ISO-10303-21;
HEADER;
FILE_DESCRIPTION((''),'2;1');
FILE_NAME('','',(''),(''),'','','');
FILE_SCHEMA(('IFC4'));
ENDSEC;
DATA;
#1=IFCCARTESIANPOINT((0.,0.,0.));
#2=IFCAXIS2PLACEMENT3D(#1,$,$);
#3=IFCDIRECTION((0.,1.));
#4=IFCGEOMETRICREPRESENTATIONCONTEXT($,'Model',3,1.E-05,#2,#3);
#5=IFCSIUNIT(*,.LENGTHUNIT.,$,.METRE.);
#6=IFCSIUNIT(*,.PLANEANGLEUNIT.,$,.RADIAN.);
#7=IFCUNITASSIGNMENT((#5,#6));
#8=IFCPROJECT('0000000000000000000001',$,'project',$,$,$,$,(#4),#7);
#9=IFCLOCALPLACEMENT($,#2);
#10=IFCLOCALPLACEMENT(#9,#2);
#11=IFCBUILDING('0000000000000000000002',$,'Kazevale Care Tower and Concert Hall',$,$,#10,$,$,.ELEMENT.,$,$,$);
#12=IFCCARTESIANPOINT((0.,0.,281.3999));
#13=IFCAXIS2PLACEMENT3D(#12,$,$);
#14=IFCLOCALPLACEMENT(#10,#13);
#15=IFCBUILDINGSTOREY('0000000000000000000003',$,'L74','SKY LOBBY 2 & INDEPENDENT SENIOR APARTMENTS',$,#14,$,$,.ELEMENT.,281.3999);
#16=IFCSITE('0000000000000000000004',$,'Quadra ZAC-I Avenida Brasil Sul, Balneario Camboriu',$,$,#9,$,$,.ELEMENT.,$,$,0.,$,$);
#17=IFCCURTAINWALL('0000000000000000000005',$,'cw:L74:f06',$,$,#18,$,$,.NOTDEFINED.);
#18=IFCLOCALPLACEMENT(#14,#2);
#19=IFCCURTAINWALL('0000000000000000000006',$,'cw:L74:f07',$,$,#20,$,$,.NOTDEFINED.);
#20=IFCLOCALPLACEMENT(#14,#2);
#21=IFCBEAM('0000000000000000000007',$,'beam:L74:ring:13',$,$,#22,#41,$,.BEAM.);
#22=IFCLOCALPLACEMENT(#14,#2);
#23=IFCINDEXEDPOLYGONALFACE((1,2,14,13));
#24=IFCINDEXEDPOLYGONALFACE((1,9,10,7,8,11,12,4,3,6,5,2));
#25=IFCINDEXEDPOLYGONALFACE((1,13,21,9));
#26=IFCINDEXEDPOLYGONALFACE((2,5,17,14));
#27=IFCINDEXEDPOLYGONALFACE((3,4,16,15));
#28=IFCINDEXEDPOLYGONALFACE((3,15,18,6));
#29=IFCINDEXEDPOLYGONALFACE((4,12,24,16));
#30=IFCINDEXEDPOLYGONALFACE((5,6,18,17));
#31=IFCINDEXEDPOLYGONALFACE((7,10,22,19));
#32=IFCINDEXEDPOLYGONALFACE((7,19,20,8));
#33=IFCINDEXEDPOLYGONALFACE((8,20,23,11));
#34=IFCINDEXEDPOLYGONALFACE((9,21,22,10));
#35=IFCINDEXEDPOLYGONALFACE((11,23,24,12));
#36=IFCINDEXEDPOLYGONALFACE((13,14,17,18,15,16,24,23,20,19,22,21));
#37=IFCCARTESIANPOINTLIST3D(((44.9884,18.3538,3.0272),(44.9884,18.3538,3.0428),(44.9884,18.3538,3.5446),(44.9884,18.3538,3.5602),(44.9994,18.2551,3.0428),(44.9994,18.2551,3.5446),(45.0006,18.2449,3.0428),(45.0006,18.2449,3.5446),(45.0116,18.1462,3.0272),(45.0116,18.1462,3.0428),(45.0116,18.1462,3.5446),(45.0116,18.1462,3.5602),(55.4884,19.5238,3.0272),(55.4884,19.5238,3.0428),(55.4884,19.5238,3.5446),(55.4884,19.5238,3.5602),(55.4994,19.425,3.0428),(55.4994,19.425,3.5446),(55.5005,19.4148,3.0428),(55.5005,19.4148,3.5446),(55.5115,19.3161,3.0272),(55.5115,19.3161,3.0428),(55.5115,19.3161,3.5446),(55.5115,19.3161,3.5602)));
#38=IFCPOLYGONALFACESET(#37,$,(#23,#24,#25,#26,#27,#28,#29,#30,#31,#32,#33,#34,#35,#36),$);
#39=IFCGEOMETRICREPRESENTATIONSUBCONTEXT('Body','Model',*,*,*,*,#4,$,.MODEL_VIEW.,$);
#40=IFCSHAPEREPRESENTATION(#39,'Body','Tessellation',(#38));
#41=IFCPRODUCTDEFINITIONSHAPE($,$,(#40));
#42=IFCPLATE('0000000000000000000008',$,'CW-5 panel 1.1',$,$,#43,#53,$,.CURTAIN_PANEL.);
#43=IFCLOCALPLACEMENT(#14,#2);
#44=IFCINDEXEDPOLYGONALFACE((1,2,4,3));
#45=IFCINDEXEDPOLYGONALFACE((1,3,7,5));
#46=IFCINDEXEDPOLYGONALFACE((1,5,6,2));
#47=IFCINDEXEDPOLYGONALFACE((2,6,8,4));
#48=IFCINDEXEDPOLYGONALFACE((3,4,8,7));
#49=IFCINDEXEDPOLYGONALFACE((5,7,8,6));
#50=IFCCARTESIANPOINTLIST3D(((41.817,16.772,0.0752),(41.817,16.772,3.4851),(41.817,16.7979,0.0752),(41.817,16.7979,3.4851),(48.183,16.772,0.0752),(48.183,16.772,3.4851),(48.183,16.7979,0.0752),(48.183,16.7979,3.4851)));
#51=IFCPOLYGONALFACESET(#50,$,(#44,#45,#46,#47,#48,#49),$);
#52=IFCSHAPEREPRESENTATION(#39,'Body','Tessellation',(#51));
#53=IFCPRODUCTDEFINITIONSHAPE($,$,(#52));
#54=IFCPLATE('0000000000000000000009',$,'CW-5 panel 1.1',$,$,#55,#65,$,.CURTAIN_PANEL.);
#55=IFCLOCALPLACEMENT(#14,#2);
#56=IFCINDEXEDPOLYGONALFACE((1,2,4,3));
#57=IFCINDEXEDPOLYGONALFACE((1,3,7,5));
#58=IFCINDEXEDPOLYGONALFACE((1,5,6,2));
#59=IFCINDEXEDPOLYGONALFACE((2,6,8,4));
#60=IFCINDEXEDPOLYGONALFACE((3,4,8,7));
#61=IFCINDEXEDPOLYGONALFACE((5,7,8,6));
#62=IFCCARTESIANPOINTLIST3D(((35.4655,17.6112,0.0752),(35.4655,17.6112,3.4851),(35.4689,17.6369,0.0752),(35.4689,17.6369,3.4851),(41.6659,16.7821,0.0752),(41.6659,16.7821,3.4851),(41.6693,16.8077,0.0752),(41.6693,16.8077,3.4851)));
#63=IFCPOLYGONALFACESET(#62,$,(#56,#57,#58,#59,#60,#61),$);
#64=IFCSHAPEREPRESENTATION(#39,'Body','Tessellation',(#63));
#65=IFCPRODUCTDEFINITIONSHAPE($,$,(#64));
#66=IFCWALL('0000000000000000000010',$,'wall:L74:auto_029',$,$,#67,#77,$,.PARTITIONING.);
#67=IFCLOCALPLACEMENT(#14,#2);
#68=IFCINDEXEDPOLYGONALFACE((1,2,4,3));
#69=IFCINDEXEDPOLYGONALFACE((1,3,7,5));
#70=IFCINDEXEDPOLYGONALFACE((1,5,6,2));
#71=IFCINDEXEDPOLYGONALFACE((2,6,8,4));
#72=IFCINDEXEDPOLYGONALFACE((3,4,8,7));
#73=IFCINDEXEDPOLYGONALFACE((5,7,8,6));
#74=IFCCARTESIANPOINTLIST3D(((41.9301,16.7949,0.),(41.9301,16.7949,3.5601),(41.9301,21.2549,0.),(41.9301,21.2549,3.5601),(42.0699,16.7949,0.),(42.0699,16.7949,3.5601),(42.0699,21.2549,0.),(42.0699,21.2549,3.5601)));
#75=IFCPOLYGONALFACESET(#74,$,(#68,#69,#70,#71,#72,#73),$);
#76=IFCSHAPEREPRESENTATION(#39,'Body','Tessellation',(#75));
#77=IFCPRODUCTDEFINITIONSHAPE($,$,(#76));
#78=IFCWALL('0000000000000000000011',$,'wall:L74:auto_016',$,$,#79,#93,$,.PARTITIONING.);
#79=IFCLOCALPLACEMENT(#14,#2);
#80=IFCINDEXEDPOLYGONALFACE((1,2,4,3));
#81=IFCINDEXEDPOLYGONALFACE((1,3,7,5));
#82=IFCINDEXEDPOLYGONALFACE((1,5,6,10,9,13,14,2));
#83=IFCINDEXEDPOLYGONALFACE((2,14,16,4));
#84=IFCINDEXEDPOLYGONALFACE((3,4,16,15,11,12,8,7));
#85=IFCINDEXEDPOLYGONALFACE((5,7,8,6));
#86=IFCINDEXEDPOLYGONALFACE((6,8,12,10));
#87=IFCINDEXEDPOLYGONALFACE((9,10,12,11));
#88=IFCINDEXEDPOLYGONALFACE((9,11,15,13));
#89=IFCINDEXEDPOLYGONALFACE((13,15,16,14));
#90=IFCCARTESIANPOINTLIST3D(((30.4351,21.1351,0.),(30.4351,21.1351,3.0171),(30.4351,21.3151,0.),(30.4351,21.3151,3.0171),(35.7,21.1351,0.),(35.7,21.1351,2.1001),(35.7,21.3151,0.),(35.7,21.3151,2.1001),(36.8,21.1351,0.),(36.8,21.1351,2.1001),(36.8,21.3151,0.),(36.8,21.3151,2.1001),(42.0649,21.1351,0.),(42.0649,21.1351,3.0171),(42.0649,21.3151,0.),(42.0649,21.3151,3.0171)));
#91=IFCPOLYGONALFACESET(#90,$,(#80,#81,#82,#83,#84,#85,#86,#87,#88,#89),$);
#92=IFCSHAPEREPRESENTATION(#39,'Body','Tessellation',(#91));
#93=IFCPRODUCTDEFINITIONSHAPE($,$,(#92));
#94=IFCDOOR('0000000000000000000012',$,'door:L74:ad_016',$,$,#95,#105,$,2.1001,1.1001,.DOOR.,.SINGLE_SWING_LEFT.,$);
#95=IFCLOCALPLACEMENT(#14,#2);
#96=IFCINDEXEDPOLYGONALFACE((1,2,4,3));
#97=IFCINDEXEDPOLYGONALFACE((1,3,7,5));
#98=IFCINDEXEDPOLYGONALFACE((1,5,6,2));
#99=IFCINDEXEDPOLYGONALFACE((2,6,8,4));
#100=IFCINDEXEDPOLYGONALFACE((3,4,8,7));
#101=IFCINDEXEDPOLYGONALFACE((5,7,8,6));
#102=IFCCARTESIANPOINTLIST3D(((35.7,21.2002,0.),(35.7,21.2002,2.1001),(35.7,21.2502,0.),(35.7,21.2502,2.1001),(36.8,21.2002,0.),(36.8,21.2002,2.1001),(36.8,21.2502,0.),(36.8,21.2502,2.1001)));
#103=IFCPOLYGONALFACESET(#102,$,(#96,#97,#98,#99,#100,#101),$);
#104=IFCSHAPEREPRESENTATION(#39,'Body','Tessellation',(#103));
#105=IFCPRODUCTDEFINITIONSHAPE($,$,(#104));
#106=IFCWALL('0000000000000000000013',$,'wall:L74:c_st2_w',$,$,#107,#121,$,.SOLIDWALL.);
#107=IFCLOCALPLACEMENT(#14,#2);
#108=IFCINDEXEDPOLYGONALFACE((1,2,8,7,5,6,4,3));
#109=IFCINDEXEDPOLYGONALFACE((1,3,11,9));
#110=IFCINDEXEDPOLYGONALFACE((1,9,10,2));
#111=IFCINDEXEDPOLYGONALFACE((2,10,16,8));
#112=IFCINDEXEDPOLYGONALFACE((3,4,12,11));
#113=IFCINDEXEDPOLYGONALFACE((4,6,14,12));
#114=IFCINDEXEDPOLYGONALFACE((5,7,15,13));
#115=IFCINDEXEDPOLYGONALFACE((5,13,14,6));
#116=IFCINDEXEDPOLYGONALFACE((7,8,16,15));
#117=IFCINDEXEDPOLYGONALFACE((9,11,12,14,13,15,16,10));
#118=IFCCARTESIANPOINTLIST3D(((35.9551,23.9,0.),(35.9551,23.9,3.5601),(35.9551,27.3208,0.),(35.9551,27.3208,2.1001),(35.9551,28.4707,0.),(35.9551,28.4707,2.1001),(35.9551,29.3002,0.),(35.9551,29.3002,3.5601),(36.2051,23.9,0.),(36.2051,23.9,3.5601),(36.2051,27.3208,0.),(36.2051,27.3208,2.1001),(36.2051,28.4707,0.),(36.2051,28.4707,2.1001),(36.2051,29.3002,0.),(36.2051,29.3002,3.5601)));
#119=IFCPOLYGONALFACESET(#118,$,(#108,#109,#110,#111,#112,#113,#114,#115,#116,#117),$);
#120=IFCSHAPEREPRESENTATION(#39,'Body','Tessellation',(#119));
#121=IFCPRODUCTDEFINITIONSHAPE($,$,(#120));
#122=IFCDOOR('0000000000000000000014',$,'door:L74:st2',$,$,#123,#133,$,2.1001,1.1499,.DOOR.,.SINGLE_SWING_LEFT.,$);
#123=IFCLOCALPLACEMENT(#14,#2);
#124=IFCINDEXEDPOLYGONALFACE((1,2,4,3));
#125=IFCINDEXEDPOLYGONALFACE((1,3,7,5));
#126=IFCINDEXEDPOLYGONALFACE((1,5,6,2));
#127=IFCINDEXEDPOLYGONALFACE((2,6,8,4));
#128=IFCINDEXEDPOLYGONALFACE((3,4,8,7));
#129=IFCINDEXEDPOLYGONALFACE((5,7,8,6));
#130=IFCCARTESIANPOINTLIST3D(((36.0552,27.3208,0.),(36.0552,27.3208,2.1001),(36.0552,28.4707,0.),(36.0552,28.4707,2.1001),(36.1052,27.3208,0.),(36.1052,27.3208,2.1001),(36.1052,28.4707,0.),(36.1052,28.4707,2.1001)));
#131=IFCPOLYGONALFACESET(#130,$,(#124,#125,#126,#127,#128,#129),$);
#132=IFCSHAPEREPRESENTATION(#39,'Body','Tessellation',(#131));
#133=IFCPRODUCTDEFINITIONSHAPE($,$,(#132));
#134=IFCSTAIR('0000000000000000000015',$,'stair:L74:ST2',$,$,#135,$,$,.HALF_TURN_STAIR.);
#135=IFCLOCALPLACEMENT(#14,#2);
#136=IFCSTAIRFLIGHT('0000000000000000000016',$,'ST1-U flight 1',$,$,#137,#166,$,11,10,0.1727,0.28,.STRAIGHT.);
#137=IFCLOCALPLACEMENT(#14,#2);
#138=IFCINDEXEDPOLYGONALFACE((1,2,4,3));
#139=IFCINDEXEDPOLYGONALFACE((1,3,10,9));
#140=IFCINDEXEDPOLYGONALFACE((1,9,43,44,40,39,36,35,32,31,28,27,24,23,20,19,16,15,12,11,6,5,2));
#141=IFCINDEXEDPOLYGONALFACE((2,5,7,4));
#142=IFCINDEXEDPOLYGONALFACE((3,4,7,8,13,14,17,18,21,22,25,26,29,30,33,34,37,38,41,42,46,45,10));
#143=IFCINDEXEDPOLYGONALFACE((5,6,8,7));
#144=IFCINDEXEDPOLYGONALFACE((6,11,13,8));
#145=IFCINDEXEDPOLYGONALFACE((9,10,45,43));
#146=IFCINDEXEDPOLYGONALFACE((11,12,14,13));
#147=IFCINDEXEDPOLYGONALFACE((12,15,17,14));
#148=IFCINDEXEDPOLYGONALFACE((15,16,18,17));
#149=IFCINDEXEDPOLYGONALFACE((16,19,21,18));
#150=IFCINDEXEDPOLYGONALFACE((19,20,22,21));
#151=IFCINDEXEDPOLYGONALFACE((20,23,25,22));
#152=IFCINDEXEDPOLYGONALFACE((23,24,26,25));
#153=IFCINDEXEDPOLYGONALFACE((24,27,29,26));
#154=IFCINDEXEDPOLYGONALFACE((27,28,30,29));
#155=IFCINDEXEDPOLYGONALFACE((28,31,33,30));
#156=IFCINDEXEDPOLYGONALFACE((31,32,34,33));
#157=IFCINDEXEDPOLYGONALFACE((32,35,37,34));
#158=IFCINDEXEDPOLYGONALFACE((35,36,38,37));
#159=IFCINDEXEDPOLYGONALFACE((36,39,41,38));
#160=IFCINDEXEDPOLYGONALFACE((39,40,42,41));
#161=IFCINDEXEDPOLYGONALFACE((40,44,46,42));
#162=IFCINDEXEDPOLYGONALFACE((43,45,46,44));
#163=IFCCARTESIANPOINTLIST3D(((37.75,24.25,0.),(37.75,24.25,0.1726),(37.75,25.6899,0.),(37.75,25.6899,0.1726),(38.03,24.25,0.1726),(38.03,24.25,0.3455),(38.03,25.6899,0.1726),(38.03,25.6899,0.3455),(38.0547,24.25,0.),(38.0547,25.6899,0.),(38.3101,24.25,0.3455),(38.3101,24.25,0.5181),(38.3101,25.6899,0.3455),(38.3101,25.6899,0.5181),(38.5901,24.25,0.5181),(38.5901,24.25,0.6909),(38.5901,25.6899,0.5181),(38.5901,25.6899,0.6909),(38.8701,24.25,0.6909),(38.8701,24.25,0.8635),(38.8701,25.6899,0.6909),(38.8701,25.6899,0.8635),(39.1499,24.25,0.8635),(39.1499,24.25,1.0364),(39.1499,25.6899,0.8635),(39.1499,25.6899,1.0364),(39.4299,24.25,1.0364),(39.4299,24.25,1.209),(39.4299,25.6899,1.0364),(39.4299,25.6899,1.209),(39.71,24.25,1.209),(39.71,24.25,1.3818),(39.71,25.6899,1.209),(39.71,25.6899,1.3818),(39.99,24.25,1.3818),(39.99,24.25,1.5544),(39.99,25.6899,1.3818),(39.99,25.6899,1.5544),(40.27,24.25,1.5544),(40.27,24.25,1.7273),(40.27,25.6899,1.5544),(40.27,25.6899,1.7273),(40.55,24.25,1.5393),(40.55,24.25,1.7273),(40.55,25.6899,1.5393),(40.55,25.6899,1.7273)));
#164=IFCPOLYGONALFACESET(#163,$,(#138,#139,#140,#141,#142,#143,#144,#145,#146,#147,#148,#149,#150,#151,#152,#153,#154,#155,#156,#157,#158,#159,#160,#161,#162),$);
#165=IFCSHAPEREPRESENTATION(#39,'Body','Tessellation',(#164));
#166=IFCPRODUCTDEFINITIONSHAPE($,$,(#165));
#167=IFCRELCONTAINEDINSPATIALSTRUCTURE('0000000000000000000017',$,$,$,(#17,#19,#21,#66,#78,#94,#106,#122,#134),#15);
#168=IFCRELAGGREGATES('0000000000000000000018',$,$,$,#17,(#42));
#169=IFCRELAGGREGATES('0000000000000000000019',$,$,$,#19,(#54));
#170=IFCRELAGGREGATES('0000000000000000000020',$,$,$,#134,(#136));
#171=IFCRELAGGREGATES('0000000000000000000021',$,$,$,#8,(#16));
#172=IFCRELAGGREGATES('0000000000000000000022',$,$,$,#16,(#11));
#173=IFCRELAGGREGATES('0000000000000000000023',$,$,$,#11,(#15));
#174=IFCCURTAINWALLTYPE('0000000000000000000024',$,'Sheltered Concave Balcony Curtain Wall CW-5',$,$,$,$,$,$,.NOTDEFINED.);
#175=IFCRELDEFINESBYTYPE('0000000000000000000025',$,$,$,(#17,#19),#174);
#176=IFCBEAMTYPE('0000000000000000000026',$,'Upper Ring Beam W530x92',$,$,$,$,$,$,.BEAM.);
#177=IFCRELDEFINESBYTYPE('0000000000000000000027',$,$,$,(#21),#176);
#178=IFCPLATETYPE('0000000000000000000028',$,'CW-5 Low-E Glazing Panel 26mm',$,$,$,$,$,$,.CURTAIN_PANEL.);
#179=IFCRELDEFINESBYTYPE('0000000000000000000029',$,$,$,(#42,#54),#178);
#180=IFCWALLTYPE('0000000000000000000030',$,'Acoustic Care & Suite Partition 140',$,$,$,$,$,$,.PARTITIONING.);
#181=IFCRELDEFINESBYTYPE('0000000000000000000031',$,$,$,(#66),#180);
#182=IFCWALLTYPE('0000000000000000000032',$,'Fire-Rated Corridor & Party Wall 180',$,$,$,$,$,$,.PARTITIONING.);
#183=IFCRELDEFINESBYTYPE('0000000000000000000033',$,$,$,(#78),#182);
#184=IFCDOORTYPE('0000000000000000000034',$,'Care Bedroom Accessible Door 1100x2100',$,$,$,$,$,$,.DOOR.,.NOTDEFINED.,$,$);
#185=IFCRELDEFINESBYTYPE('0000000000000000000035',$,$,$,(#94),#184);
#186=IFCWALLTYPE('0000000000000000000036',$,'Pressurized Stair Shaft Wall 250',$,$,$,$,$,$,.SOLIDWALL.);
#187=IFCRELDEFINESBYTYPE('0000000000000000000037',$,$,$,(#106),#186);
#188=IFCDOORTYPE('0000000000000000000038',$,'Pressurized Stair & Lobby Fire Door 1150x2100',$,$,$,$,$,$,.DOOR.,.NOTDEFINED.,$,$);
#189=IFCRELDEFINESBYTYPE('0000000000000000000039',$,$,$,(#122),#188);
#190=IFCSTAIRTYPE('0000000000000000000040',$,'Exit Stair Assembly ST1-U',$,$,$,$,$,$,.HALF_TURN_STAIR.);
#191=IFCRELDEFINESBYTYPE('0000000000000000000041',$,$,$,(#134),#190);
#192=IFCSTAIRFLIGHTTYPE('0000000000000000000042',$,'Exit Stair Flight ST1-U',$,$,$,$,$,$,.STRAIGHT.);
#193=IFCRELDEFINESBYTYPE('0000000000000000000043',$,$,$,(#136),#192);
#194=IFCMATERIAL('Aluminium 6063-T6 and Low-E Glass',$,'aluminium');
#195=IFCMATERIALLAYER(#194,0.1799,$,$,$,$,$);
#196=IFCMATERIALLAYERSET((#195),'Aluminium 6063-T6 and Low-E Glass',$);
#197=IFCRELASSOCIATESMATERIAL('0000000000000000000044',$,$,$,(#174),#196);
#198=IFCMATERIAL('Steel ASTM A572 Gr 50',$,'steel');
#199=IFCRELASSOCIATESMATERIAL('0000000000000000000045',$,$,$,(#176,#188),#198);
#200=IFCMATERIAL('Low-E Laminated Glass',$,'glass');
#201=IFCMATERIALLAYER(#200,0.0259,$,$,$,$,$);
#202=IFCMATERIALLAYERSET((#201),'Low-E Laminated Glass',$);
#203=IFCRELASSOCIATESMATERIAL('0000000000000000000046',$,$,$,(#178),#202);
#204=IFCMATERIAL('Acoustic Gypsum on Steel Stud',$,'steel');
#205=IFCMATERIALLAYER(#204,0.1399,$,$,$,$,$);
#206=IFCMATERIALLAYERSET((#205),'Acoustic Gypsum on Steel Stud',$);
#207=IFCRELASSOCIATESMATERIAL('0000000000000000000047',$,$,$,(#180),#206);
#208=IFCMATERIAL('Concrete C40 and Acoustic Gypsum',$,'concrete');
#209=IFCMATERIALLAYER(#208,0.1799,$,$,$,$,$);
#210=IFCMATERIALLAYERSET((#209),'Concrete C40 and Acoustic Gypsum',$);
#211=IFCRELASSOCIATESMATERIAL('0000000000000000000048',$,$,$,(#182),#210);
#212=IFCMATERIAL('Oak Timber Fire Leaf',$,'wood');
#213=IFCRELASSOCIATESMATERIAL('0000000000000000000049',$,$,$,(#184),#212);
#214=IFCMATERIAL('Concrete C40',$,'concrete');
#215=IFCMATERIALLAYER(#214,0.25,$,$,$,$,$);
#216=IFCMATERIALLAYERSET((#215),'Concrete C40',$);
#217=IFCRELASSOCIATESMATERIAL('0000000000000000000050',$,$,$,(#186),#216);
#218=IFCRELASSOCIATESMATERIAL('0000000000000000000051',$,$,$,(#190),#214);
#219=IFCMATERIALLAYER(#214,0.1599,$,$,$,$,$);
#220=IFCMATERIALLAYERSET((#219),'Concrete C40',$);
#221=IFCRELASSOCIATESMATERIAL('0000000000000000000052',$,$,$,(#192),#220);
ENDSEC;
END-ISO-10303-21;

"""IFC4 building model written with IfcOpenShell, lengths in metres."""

from ifc_helpers import new_model, si_unit, direction, frame, frame_2d, origin, origin_2d, place, context, subcontext, project, spatial, polyline, rectangle, i_section, outline, extrude, material, layer, layer_set, material_profile, profile_set, type_object, element, fill, aggregate, save


model = new_model("IFC4")

# Units and contexts
model_context = context("Model", 3, precision=1e-05, world=origin(), true_north=direction((0.0, 1.0)))
body_context = subcontext(model_context, "Body", "Model", "MODEL_VIEW")
ifc_project = project(units=[si_unit("LENGTHUNIT", "METRE"), si_unit("PLANEANGLEUNIT", "RADIAN")], contexts=[model_context])

# Site, building, storey
site_placement = place(None, origin())
site = spatial("IfcSite", under=ifc_project, at=site_placement, Name="Quadra ZAC-I Avenida Brasil Sul, Balneario Camboriu", CompositionType="ELEMENT", RefElevation=0.0)
building_placement = place(site_placement, origin())
building = spatial("IfcBuilding", under=site, at=building_placement, Name="Kazevale Care Tower and Concert Hall", CompositionType="ELEMENT")
storey_placement = place(building_placement, frame((0.0, 0.0, 281.3999)))
storey = spatial("IfcBuildingStorey", under=building, at=storey_placement, Name="L74", Description="SKY LOBBY 2 & INDEPENDENT SENIOR APARTMENTS", CompositionType="ELEMENT", Elevation=281.3999)

# Curtain wall
ifc_material_1 = material(Name="Aluminium 6063-T6 and Low-E Glass", Category="aluminium")
ifc_layer_1 = layer(ifc_material_1, 0.1799)
ifc_layer_set_1 = layer_set([ifc_layer_1], Name="Aluminium 6063-T6 and Low-E Glass")
curtain_wall_type = type_object("IfcCurtainWallType", Name="Sheltered Concave Balcony Curtain Wall CW-5", PredefinedType="NOTDEFINED", material=ifc_layer_set_1)
curtain_wall_1_placement = place(storey_placement, origin())
curtain_wall_1 = element("IfcCurtainWall", 1, at=curtain_wall_1_placement, inside=storey, type_object=curtain_wall_type, Name="cw:L74:f06", PredefinedType="NOTDEFINED")

# Curtain wall
curtain_wall_2_placement = place(storey_placement, origin())
curtain_wall_2 = element("IfcCurtainWall", 2, at=curtain_wall_2_placement, inside=storey, type_object=curtain_wall_type, Name="cw:L74:f07", PredefinedType="NOTDEFINED")

# Beam
ifc_material_2 = material(Name="Steel ASTM A572 Gr 50", Category="steel")
ifc_material_profile_1 = material_profile(ifc_material_2, i_section(OverallWidth=0.209, OverallDepth=0.533, WebThickness=0.0103, FlangeThickness=0.0156, at=origin_2d()), Name="W530x92")
ifc_profile_set_1 = profile_set([ifc_material_profile_1], Name="Steel ASTM A572 Gr 50")
beam_type_1 = type_object("IfcBeamType", Name="Upper Ring Beam W530x92", PredefinedType="BEAM", material=ifc_profile_set_1)
beam_1_placement = place(storey_placement, frame((45.0, 18.25, 3.2937), z_axis=(0.99385, 0.110736, 0.0), x_axis=(-0.110736, 0.99385, 0.0)))
element("IfcBeam", 3, at=beam_1_placement, inside=storey, type_object=beam_type_1, Name="beam:L74:ring:13", PredefinedType="BEAM", context=body_context, shape_type="SweptSolid", body=[
    extrude(i_section(OverallWidth=0.209, OverallDepth=0.533, WebThickness=0.0103, FlangeThickness=0.0156, at=origin_2d()), origin(), (0.0, 0.0, 1.0), 10.5649),
])

# Plates
ifc_material_3 = material(Name="Low-E Laminated Glass", Category="glass")
ifc_layer_2 = layer(ifc_material_3, 0.0259)
ifc_layer_set_2 = layer_set([ifc_layer_2], Name="Low-E Laminated Glass")
plate_type = type_object("IfcPlateType", Name="CW-5 Low-E Glazing Panel 26mm", PredefinedType="CURTAIN_PANEL", material=ifc_layer_set_2)
plate_1_placement = place(storey_placement, frame((45.0, 16.7849, 0.0752), z_axis=(0.0, 0.0, 1.0), x_axis=(-1.0, 0.0, 0.0)))
plate_1 = element("IfcPlate", 4, at=plate_1_placement, type_object=plate_type, Name="CW-5 panel 1.1", PredefinedType="CURTAIN_PANEL", context=body_context, shape_type="SweptSolid", body=[
    extrude(rectangle(XDim=6.366, YDim=0.0259, at=origin_2d()), origin(), (0.0, 0.0, 1.0), 3.4099),
])
aggregate(curtain_wall_1, [plate_1])
plate_2_placement = place(storey_placement, frame((38.5674, 17.2095, 0.0752), z_axis=(0.0, 0.0, 1.0), x_axis=(-0.991177, 0.132542, 0.0)))
plate_2 = element("IfcPlate", 5, at=plate_2_placement, type_object=plate_type, Name="CW-5 panel 1.1", PredefinedType="CURTAIN_PANEL", context=body_context, shape_type="SweptSolid", body=[
    extrude(rectangle(XDim=6.2556, YDim=0.0259, at=origin_2d()), origin(), (0.0, 0.0, 1.0), 3.4099),
])
aggregate(curtain_wall_2, [plate_2])

# Wall
ifc_material_4 = material(Name="Acoustic Gypsum on Steel Stud", Category="steel")
ifc_layer_3 = layer(ifc_material_4, 0.1399)
ifc_layer_set_3 = layer_set([ifc_layer_3], Name="Acoustic Gypsum on Steel Stud")
wall_type_1 = type_object("IfcWallType", Name="Acoustic Care & Suite Partition 140", PredefinedType="PARTITIONING", material=ifc_layer_set_3)
wall_1_placement = place(storey_placement, frame((42.0, 21.2549, 0.0), z_axis=(0.0, 0.0, 1.0), x_axis=(0.0, -1.0, 0.0)))
element("IfcWall", 6, at=wall_1_placement, inside=storey, type_object=wall_type_1, Name="wall:L74:auto_029", PredefinedType="PARTITIONING", context=body_context, shape_type="SweptSolid", body=[
    extrude(rectangle(XDim=4.46, YDim=0.1399, at=frame_2d((2.23, 0.0))), origin(), (0.0, 0.0, 1.0), 3.5601),
])

# Walls, openings, doors
ifc_material_5 = material(Name="Oak Timber Fire Leaf", Category="wood")
ifc_material_6 = material(Name="Concrete C40 and Acoustic Gypsum", Category="concrete")
ifc_layer_4 = layer(ifc_material_6, 0.1799)
ifc_layer_set_4 = layer_set([ifc_layer_4], Name="Concrete C40 and Acoustic Gypsum")
wall_type_2 = type_object("IfcWallType", Name="Fire-Rated Corridor & Party Wall 180", PredefinedType="PARTITIONING", material=ifc_layer_set_4)
wall_2_placement = place(storey_placement, frame((42.0649, 21.2251, 0.0), z_axis=(0.0, 0.0, 1.0), x_axis=(-1.0, 0.0, 0.0)))
wall_2 = element("IfcWall", 7, at=wall_2_placement, inside=storey, type_object=wall_type_2, Name="wall:L74:auto_016", PredefinedType="PARTITIONING", context=body_context, shape_type="SweptSolid", body=[
    extrude(rectangle(XDim=11.6299, YDim=0.1799, at=frame_2d((5.8149, 0.0))), origin(), (0.0, 0.0, 1.0), 3.0171),
])
opening_1_placement = place(wall_2_placement, frame((5.2649, 0.0, 0.0)))
opening_1 = element("IfcOpeningElement", 8, at=opening_1_placement, cuts=wall_2, PredefinedType="OPENING", context=body_context, shape_type="SweptSolid", body=[
    extrude(rectangle(XDim=1.1001, YDim=2.1001, at=frame_2d((0.55, 1.05))), frame((0.0, 0.0999, 0.0), z_axis=(0.0, -1.0, 0.0), x_axis=(1.0, 0.0, 0.0)), (0.0, 0.0, 1.0), 0.2),
])
door_type_1 = type_object("IfcDoorType", Name="Care Bedroom Accessible Door 1100x2100", OperationType="NOTDEFINED", PredefinedType="DOOR", material=ifc_material_5)
door_1_placement = place(opening_1_placement, origin())
door_1 = element("IfcDoor", 9, at=door_1_placement, inside=storey, type_object=door_type_1, Name="door:L74:ad_016", OperationType="SINGLE_SWING_LEFT", OverallHeight=2.1001, OverallWidth=1.1001, PredefinedType="DOOR", context=body_context, shape_type="SweptSolid", body=[
    extrude(rectangle(XDim=1.1001, YDim=2.1001, at=frame_2d((0.55, 1.05))), frame((0.0, 0.0249, 0.0), z_axis=(0.0, -1.0, 0.0), x_axis=(1.0, 0.0, 0.0)), (0.0, 0.0, 1.0), 0.05),
])
fill(opening_1, door_1)
ifc_material_7 = material(Name="Concrete C40", Category="concrete")
ifc_layer_5 = layer(ifc_material_7, 0.25)
ifc_layer_set_5 = layer_set([ifc_layer_5], Name="Concrete C40")
wall_type_3 = type_object("IfcWallType", Name="Pressurized Stair Shaft Wall 250", PredefinedType="SOLIDWALL", material=ifc_layer_set_5)
wall_3_placement = place(storey_placement, frame((36.0801, 23.8999, 0.0), z_axis=(0.0, 0.0, 1.0), x_axis=(0.0, 1.0, 0.0)))
wall_3 = element("IfcWall", 10, at=wall_3_placement, inside=storey, type_object=wall_type_3, Name="wall:L74:c_st2_w", PredefinedType="SOLIDWALL", context=body_context, shape_type="SweptSolid", body=[
    extrude(rectangle(XDim=5.4001, YDim=0.25, at=frame_2d((2.7002, 0.0))), origin(), (0.0, 0.0, 1.0), 3.5601),
])
opening_2_placement = place(wall_3_placement, frame((3.4209, 0.0, 0.0)))
opening_2 = element("IfcOpeningElement", 11, at=opening_2_placement, cuts=wall_3, PredefinedType="OPENING", context=body_context, shape_type="SweptSolid", body=[
    extrude(rectangle(XDim=1.1499, YDim=2.1001, at=frame_2d((0.575, 1.05))), frame((0.0, 0.135, 0.0), z_axis=(0.0, -1.0, 0.0), x_axis=(1.0, 0.0, 0.0)), (0.0, 0.0, 1.0), 0.27),
])
door_type_2 = type_object("IfcDoorType", Name="Pressurized Stair & Lobby Fire Door 1150x2100", OperationType="NOTDEFINED", PredefinedType="DOOR", material=ifc_material_2)
door_2_placement = place(opening_2_placement, origin())
door_2 = element("IfcDoor", 12, at=door_2_placement, inside=storey, type_object=door_type_2, Name="door:L74:st2", OperationType="SINGLE_SWING_LEFT", OverallHeight=2.1001, OverallWidth=1.1499, PredefinedType="DOOR", context=body_context, shape_type="SweptSolid", body=[
    extrude(rectangle(XDim=1.1499, YDim=2.1001, at=frame_2d((0.575, 1.05))), frame((0.0, 0.0249, 0.0), z_axis=(0.0, -1.0, 0.0), x_axis=(1.0, 0.0, 0.0)), (0.0, 0.0, 1.0), 0.05),
])
fill(opening_2, door_2)

# Stair, stair flight
stair_type = type_object("IfcStairType", Name="Exit Stair Assembly ST1-U", PredefinedType="HALF_TURN_STAIR", material=ifc_material_7)
stair_placement = place(storey_placement, origin())
stair = element("IfcStair", 13, at=stair_placement, inside=storey, type_object=stair_type, Name="stair:L74:ST2", PredefinedType="HALF_TURN_STAIR")
ifc_layer_6 = layer(ifc_material_7, 0.1599)
ifc_layer_set_6 = layer_set([ifc_layer_6], Name="Concrete C40")
stair_flight_type = type_object("IfcStairFlightType", Name="Exit Stair Flight ST1-U", PredefinedType="STRAIGHT", material=ifc_layer_set_6)
stair_flight_1_placement = place(storey_placement, frame((37.75, 24.97, 0.0), z_axis=(0.0, 0.0, 1.0), x_axis=(1.0, 0.0, 0.0)))
stair_flight_1 = element("IfcStairFlight", 14, at=stair_flight_1_placement, type_object=stair_flight_type, Name="ST1-U flight 1", NumberOfRisers=11, NumberOfTreads=10, PredefinedType="STRAIGHT", RiserHeight=0.1727, TreadLength=0.28, context=body_context, shape_type="SweptSolid", body=[
    extrude(outline(polyline([(0.0, 0.0), (0.0, 0.1726), (0.28, 0.1726), (0.28, 0.3455), (0.5601, 0.3455), (0.5601, 0.5181), (0.8401, 0.5181), (0.8401, 0.6909), (1.1201, 0.6909), (1.1201, 0.8635), (1.3999, 0.8635), (1.3999, 1.0364), (1.6799, 1.0364), (1.6799, 1.209), (1.96, 1.209), (1.96, 1.3818), (2.24, 1.3818), (2.24, 1.5544), (2.52, 1.5544), (2.52, 1.7273), (2.8, 1.7273), (2.8, 1.8999), (2.8, 1.5393), (0.3047, 0.0), (0.0, 0.0)])), frame((0.0, 0.72, 0.0), z_axis=(0.0, -1.0, 0.0), x_axis=(1.0, 0.0, 0.0)), (0.0, 0.0, 1.0), 1.4399),
])
aggregate(stair, [stair_flight_1])

save(model, "model.ifc")
